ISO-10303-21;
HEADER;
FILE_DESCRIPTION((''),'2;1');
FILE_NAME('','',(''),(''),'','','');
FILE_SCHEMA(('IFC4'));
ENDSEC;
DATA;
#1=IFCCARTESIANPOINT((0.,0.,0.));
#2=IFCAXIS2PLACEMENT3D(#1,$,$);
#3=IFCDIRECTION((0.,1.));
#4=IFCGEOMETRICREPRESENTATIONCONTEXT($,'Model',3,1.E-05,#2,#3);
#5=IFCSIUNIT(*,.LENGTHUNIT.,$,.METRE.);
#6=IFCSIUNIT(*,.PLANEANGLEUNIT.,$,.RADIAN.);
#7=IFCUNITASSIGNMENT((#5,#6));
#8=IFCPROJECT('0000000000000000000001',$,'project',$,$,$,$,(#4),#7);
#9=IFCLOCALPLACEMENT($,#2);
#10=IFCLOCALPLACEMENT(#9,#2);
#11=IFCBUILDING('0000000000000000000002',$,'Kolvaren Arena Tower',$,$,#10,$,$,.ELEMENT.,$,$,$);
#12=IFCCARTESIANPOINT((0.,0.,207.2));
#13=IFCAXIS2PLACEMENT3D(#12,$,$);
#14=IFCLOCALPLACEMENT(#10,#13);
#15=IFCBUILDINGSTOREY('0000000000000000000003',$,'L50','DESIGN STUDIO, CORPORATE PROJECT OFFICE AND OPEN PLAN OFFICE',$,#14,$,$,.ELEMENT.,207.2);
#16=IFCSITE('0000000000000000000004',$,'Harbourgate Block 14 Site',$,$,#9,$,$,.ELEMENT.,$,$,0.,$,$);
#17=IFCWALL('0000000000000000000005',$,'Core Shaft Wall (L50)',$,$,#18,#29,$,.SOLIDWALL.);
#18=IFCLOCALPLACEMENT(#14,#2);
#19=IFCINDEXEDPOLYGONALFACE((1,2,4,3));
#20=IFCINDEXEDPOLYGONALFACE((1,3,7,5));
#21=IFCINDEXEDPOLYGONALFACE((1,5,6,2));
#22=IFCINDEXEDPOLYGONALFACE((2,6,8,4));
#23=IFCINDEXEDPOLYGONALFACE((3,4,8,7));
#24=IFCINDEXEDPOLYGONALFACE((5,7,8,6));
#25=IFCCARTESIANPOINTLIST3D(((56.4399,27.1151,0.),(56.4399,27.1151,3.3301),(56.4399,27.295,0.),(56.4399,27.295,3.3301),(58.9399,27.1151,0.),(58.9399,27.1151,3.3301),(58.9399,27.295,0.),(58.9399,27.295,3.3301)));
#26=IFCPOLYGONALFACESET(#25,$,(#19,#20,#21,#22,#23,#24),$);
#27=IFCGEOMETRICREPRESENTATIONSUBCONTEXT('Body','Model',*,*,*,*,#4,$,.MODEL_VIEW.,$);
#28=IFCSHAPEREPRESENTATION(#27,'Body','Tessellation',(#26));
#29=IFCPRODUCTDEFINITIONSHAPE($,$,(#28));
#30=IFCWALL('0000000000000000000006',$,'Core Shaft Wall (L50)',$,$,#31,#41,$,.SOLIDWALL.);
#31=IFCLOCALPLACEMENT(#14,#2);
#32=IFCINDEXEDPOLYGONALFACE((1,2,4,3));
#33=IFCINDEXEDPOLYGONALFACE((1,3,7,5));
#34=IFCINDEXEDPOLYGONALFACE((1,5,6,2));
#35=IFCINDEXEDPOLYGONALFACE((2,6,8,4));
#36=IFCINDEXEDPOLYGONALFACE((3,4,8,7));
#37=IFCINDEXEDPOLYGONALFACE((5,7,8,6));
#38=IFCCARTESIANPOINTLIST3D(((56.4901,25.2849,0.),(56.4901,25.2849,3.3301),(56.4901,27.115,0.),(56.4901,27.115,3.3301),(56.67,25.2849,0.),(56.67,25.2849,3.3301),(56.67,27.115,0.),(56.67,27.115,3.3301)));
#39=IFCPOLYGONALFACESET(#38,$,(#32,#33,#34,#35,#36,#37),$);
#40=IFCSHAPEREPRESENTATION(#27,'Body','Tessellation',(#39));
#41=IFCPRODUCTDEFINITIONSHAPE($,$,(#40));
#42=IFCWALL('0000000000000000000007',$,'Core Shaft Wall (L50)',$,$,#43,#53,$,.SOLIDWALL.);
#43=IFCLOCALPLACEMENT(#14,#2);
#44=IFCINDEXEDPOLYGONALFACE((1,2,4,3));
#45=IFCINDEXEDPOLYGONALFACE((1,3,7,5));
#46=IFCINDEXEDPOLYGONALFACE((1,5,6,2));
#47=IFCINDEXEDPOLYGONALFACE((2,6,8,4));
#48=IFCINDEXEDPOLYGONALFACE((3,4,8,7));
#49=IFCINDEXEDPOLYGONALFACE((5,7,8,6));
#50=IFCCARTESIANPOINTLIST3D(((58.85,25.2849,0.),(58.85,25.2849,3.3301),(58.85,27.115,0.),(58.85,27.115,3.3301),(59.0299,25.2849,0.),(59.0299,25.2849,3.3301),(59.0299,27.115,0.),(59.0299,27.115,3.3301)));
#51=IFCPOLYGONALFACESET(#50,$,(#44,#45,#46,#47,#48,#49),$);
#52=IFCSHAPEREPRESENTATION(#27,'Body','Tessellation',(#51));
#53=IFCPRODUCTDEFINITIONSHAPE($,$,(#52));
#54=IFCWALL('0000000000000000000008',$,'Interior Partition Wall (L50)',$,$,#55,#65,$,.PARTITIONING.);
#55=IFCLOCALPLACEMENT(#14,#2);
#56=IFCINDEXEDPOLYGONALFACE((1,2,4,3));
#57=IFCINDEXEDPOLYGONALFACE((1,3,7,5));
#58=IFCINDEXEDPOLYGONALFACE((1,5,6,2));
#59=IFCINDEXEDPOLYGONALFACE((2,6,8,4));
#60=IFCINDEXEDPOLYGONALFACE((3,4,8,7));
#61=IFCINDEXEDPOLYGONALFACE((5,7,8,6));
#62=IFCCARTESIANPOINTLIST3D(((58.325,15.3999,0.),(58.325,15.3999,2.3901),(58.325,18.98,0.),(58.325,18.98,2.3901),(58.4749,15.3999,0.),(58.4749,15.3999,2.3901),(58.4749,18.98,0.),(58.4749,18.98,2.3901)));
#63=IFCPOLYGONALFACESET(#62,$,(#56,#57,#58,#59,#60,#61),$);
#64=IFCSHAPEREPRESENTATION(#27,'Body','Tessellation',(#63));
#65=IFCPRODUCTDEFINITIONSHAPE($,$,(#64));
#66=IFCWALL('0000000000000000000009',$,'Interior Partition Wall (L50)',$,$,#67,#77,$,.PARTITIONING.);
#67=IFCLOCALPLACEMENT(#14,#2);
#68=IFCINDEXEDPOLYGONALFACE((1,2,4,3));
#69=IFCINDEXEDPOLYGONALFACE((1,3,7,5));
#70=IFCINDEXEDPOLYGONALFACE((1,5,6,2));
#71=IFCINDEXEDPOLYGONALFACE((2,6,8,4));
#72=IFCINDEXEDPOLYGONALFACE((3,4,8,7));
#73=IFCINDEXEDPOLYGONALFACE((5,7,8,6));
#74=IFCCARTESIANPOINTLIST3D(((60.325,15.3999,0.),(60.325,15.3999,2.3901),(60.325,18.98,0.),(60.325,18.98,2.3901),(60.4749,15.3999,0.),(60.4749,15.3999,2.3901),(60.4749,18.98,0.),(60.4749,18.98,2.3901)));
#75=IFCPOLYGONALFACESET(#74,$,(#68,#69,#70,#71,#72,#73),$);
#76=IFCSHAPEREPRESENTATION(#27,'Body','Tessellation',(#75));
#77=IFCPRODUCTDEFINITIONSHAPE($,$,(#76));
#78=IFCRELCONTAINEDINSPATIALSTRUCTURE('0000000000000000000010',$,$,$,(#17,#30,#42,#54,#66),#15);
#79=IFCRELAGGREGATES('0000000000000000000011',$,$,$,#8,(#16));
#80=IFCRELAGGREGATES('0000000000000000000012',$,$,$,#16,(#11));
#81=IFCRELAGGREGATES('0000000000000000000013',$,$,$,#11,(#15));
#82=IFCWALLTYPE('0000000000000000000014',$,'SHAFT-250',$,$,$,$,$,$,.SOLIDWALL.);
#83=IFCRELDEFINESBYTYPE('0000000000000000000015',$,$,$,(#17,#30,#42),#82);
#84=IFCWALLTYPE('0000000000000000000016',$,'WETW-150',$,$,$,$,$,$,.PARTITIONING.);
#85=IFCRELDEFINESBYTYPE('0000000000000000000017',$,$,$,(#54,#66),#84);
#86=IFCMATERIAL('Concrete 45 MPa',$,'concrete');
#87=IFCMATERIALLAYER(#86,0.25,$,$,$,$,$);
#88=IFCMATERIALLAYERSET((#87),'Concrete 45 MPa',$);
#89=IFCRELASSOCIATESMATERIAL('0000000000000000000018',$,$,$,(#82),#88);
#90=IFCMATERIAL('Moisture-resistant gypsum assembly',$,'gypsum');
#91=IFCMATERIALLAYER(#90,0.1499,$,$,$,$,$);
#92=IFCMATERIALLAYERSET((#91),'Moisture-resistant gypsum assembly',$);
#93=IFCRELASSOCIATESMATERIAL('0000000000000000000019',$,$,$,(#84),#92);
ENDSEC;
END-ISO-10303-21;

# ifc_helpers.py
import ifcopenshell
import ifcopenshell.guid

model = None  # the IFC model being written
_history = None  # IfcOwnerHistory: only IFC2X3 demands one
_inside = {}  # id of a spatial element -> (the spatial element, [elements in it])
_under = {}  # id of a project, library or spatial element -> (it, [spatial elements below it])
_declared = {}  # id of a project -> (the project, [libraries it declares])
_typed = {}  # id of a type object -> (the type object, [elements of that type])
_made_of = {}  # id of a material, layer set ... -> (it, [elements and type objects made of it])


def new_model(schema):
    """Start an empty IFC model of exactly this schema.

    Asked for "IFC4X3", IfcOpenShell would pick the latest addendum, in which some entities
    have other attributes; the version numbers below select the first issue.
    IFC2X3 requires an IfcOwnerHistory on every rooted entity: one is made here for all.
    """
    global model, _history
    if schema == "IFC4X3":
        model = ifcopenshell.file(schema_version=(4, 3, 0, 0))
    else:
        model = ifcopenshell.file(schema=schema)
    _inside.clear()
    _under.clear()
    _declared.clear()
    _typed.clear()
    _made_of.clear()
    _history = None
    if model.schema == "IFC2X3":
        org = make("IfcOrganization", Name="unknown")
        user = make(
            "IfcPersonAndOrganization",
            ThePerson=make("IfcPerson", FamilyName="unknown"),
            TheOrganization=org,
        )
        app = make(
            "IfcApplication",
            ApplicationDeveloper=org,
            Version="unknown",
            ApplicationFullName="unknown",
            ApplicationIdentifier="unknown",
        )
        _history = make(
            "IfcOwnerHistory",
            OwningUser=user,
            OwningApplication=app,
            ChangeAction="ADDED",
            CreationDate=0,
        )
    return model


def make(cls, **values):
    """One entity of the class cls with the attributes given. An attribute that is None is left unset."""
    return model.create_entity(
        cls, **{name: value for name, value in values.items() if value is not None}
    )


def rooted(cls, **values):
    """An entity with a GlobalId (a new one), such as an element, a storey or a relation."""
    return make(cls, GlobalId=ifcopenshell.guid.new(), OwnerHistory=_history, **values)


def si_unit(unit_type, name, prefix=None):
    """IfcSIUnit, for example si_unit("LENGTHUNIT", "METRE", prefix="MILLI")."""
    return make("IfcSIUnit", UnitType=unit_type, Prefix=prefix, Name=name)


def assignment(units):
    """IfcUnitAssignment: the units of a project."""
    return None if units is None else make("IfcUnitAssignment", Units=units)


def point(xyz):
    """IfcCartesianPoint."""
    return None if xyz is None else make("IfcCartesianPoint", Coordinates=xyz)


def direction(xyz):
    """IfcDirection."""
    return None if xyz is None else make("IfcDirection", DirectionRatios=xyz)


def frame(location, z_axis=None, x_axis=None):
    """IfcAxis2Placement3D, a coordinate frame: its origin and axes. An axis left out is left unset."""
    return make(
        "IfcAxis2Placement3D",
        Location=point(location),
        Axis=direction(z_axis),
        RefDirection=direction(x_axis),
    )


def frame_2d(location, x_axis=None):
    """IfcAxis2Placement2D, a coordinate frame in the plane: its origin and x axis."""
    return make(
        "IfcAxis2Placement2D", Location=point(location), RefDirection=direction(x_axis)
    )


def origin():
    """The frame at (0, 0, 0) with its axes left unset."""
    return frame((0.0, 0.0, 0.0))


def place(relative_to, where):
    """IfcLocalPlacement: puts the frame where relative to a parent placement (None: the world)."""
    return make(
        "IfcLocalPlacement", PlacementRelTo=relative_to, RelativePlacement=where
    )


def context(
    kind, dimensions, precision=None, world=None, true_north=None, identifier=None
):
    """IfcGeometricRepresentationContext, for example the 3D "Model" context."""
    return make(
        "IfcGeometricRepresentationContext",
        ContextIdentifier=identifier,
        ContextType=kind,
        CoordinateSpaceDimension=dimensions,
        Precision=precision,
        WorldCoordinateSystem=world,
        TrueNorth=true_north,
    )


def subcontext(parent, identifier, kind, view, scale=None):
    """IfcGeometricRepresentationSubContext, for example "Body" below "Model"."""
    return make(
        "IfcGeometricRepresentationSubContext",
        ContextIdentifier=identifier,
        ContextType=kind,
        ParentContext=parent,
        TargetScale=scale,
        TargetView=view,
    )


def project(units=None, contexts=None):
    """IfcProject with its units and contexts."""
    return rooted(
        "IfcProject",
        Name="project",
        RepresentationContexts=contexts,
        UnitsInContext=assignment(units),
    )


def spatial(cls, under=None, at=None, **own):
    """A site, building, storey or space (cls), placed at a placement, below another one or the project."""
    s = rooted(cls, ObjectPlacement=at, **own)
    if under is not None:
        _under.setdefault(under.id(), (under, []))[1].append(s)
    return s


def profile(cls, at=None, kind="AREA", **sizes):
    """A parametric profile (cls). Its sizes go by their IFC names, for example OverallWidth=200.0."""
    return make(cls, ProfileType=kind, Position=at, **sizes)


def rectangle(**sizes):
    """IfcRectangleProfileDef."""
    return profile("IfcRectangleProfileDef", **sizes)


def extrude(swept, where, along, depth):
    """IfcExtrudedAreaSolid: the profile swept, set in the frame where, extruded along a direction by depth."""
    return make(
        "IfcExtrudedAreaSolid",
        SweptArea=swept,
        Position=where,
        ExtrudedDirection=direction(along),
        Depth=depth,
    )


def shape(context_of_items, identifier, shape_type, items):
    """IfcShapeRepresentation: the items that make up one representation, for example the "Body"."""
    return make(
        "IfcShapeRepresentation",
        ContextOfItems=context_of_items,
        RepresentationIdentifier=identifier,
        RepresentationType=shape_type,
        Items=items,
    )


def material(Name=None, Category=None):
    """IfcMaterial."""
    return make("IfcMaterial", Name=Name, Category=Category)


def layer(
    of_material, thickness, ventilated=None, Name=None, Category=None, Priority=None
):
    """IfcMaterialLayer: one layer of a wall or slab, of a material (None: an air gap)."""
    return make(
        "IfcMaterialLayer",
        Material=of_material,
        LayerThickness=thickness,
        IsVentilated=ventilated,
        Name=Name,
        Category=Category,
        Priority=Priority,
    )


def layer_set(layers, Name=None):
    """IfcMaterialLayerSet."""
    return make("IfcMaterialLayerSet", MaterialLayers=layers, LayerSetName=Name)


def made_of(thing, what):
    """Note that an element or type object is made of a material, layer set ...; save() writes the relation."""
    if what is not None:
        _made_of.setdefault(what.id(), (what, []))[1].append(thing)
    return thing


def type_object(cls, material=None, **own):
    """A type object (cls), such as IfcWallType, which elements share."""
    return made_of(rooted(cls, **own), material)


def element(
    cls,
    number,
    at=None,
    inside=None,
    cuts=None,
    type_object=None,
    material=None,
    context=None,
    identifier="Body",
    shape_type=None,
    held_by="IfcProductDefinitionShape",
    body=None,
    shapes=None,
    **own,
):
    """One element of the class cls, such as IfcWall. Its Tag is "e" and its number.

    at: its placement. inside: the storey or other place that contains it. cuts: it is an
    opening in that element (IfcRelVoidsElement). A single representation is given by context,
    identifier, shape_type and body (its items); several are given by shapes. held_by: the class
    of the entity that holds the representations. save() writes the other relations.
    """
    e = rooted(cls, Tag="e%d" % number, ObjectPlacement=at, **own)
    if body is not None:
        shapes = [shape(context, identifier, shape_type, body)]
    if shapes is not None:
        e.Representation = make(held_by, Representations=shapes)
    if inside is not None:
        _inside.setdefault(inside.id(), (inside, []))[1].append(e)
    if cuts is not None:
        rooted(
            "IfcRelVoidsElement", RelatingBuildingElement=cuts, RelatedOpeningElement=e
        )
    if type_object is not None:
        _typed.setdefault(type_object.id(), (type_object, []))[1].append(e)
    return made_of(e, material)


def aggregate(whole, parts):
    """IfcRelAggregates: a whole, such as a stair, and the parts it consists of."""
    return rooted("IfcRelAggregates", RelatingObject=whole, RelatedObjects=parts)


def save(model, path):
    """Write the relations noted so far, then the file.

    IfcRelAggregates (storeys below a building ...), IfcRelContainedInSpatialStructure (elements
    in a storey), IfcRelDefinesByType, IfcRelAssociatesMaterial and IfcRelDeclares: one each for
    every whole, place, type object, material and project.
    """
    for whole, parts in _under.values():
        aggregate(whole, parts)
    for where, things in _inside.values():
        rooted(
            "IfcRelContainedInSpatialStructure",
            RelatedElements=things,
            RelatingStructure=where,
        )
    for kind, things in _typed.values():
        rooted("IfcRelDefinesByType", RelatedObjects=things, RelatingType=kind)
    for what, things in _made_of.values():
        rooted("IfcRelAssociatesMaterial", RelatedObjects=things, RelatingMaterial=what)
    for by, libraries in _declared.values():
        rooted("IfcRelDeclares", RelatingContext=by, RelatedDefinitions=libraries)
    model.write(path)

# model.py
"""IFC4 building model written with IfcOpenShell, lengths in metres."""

from ifc_helpers import new_model, si_unit, direction, frame, frame_2d, origin, place, context, subcontext, project, spatial, rectangle, extrude, material, layer, layer_set, type_object, element, save


model = new_model("IFC4")

# Units and contexts
model_context = context("Model", 3, precision=1e-05, world=origin(), true_north=direction((0.0, 1.0)))
body_context = subcontext(model_context, "Body", "Model", "MODEL_VIEW")
ifc_project = project(units=[si_unit("LENGTHUNIT", "METRE"), si_unit("PLANEANGLEUNIT", "RADIAN")], contexts=[model_context])

# Site, building, storey
site_placement = place(None, origin())
site = spatial("IfcSite", under=ifc_project, at=site_placement, Name="Harbourgate Block 14 Site", CompositionType="ELEMENT", RefElevation=0.0)
building_placement = place(site_placement, origin())
building = spatial("IfcBuilding", under=site, at=building_placement, Name="Kolvaren Arena Tower", CompositionType="ELEMENT")
storey_placement = place(building_placement, frame((0.0, 0.0, 207.2)))
storey = spatial("IfcBuildingStorey", under=building, at=storey_placement, Name="L50", Description="DESIGN STUDIO, CORPORATE PROJECT OFFICE AND OPEN PLAN OFFICE", CompositionType="ELEMENT", Elevation=207.2)

# Walls
ifc_material_1 = material(Name="Concrete 45 MPa", Category="concrete")
ifc_layer_1 = layer(ifc_material_1, 0.25)
ifc_layer_set_1 = layer_set([ifc_layer_1], Name="Concrete 45 MPa")
wall_type_1 = type_object("IfcWallType", Name="SHAFT-250", PredefinedType="SOLIDWALL", material=ifc_layer_set_1)
wall_1_placement = place(storey_placement, frame((56.4399, 27.2051, 0.0), z_axis=(0.0, 0.0, 1.0), x_axis=(1.0, 0.0, 0.0)))
element("IfcWall", 1, at=wall_1_placement, inside=storey, type_object=wall_type_1, Name="Core Shaft Wall (L50)", PredefinedType="SOLIDWALL", context=body_context, shape_type="SweptSolid", body=[
    extrude(rectangle(XDim=2.5, YDim=0.1799, at=frame_2d((1.25, 0.0))), origin(), (0.0, 0.0, 1.0), 3.3301),
])
for number, where, z_axis, x_axis, name in (
    (2, (56.5801, 25.2849, 0.0), (0.0, 0.0, 1.0), (0.0, 1.0, 0.0), "Core Shaft Wall (L50)"),
    (3, (58.9399, 25.2849, 0.0), (0.0, 0.0, 1.0), (0.0, 1.0, 0.0), "Core Shaft Wall (L50)"),
):
    element("IfcWall", number, at=place(storey_placement, frame(where, z_axis=z_axis, x_axis=x_axis)), inside=storey, type_object=wall_type_1, Name=name, PredefinedType="SOLIDWALL", context=body_context, shape_type="SweptSolid", body=[
        extrude(rectangle(XDim=1.8301, YDim=0.1799, at=frame_2d((0.915, 0.0))), origin(), (0.0, 0.0, 1.0), 3.3301),
    ])
ifc_material_2 = material(Name="Moisture-resistant gypsum assembly", Category="gypsum")
ifc_layer_2 = layer(ifc_material_2, 0.1499)
ifc_layer_set_2 = layer_set([ifc_layer_2], Name="Moisture-resistant gypsum assembly")
wall_type_2 = type_object("IfcWallType", Name="WETW-150", PredefinedType="PARTITIONING", material=ifc_layer_set_2)
for number, where, z_axis, x_axis, name in (
    (4, (58.3999, 15.3999, 0.0), (0.0, 0.0, 1.0), (0.0, 1.0, 0.0), "Interior Partition Wall (L50)"),
    (5, (60.3999, 15.3999, 0.0), (0.0, 0.0, 1.0), (0.0, 1.0, 0.0), "Interior Partition Wall (L50)"),
):
    element("IfcWall", number, at=place(storey_placement, frame(where, z_axis=z_axis, x_axis=x_axis)), inside=storey, type_object=wall_type_2, Name=name, PredefinedType="PARTITIONING", context=body_context, shape_type="SweptSolid", body=[
        extrude(rectangle(XDim=3.5801, YDim=0.1499, at=frame_2d((1.79, 0.0))), origin(), (0.0, 0.0, 1.0), 2.3901),
    ])

save(model, "model.ifc")
